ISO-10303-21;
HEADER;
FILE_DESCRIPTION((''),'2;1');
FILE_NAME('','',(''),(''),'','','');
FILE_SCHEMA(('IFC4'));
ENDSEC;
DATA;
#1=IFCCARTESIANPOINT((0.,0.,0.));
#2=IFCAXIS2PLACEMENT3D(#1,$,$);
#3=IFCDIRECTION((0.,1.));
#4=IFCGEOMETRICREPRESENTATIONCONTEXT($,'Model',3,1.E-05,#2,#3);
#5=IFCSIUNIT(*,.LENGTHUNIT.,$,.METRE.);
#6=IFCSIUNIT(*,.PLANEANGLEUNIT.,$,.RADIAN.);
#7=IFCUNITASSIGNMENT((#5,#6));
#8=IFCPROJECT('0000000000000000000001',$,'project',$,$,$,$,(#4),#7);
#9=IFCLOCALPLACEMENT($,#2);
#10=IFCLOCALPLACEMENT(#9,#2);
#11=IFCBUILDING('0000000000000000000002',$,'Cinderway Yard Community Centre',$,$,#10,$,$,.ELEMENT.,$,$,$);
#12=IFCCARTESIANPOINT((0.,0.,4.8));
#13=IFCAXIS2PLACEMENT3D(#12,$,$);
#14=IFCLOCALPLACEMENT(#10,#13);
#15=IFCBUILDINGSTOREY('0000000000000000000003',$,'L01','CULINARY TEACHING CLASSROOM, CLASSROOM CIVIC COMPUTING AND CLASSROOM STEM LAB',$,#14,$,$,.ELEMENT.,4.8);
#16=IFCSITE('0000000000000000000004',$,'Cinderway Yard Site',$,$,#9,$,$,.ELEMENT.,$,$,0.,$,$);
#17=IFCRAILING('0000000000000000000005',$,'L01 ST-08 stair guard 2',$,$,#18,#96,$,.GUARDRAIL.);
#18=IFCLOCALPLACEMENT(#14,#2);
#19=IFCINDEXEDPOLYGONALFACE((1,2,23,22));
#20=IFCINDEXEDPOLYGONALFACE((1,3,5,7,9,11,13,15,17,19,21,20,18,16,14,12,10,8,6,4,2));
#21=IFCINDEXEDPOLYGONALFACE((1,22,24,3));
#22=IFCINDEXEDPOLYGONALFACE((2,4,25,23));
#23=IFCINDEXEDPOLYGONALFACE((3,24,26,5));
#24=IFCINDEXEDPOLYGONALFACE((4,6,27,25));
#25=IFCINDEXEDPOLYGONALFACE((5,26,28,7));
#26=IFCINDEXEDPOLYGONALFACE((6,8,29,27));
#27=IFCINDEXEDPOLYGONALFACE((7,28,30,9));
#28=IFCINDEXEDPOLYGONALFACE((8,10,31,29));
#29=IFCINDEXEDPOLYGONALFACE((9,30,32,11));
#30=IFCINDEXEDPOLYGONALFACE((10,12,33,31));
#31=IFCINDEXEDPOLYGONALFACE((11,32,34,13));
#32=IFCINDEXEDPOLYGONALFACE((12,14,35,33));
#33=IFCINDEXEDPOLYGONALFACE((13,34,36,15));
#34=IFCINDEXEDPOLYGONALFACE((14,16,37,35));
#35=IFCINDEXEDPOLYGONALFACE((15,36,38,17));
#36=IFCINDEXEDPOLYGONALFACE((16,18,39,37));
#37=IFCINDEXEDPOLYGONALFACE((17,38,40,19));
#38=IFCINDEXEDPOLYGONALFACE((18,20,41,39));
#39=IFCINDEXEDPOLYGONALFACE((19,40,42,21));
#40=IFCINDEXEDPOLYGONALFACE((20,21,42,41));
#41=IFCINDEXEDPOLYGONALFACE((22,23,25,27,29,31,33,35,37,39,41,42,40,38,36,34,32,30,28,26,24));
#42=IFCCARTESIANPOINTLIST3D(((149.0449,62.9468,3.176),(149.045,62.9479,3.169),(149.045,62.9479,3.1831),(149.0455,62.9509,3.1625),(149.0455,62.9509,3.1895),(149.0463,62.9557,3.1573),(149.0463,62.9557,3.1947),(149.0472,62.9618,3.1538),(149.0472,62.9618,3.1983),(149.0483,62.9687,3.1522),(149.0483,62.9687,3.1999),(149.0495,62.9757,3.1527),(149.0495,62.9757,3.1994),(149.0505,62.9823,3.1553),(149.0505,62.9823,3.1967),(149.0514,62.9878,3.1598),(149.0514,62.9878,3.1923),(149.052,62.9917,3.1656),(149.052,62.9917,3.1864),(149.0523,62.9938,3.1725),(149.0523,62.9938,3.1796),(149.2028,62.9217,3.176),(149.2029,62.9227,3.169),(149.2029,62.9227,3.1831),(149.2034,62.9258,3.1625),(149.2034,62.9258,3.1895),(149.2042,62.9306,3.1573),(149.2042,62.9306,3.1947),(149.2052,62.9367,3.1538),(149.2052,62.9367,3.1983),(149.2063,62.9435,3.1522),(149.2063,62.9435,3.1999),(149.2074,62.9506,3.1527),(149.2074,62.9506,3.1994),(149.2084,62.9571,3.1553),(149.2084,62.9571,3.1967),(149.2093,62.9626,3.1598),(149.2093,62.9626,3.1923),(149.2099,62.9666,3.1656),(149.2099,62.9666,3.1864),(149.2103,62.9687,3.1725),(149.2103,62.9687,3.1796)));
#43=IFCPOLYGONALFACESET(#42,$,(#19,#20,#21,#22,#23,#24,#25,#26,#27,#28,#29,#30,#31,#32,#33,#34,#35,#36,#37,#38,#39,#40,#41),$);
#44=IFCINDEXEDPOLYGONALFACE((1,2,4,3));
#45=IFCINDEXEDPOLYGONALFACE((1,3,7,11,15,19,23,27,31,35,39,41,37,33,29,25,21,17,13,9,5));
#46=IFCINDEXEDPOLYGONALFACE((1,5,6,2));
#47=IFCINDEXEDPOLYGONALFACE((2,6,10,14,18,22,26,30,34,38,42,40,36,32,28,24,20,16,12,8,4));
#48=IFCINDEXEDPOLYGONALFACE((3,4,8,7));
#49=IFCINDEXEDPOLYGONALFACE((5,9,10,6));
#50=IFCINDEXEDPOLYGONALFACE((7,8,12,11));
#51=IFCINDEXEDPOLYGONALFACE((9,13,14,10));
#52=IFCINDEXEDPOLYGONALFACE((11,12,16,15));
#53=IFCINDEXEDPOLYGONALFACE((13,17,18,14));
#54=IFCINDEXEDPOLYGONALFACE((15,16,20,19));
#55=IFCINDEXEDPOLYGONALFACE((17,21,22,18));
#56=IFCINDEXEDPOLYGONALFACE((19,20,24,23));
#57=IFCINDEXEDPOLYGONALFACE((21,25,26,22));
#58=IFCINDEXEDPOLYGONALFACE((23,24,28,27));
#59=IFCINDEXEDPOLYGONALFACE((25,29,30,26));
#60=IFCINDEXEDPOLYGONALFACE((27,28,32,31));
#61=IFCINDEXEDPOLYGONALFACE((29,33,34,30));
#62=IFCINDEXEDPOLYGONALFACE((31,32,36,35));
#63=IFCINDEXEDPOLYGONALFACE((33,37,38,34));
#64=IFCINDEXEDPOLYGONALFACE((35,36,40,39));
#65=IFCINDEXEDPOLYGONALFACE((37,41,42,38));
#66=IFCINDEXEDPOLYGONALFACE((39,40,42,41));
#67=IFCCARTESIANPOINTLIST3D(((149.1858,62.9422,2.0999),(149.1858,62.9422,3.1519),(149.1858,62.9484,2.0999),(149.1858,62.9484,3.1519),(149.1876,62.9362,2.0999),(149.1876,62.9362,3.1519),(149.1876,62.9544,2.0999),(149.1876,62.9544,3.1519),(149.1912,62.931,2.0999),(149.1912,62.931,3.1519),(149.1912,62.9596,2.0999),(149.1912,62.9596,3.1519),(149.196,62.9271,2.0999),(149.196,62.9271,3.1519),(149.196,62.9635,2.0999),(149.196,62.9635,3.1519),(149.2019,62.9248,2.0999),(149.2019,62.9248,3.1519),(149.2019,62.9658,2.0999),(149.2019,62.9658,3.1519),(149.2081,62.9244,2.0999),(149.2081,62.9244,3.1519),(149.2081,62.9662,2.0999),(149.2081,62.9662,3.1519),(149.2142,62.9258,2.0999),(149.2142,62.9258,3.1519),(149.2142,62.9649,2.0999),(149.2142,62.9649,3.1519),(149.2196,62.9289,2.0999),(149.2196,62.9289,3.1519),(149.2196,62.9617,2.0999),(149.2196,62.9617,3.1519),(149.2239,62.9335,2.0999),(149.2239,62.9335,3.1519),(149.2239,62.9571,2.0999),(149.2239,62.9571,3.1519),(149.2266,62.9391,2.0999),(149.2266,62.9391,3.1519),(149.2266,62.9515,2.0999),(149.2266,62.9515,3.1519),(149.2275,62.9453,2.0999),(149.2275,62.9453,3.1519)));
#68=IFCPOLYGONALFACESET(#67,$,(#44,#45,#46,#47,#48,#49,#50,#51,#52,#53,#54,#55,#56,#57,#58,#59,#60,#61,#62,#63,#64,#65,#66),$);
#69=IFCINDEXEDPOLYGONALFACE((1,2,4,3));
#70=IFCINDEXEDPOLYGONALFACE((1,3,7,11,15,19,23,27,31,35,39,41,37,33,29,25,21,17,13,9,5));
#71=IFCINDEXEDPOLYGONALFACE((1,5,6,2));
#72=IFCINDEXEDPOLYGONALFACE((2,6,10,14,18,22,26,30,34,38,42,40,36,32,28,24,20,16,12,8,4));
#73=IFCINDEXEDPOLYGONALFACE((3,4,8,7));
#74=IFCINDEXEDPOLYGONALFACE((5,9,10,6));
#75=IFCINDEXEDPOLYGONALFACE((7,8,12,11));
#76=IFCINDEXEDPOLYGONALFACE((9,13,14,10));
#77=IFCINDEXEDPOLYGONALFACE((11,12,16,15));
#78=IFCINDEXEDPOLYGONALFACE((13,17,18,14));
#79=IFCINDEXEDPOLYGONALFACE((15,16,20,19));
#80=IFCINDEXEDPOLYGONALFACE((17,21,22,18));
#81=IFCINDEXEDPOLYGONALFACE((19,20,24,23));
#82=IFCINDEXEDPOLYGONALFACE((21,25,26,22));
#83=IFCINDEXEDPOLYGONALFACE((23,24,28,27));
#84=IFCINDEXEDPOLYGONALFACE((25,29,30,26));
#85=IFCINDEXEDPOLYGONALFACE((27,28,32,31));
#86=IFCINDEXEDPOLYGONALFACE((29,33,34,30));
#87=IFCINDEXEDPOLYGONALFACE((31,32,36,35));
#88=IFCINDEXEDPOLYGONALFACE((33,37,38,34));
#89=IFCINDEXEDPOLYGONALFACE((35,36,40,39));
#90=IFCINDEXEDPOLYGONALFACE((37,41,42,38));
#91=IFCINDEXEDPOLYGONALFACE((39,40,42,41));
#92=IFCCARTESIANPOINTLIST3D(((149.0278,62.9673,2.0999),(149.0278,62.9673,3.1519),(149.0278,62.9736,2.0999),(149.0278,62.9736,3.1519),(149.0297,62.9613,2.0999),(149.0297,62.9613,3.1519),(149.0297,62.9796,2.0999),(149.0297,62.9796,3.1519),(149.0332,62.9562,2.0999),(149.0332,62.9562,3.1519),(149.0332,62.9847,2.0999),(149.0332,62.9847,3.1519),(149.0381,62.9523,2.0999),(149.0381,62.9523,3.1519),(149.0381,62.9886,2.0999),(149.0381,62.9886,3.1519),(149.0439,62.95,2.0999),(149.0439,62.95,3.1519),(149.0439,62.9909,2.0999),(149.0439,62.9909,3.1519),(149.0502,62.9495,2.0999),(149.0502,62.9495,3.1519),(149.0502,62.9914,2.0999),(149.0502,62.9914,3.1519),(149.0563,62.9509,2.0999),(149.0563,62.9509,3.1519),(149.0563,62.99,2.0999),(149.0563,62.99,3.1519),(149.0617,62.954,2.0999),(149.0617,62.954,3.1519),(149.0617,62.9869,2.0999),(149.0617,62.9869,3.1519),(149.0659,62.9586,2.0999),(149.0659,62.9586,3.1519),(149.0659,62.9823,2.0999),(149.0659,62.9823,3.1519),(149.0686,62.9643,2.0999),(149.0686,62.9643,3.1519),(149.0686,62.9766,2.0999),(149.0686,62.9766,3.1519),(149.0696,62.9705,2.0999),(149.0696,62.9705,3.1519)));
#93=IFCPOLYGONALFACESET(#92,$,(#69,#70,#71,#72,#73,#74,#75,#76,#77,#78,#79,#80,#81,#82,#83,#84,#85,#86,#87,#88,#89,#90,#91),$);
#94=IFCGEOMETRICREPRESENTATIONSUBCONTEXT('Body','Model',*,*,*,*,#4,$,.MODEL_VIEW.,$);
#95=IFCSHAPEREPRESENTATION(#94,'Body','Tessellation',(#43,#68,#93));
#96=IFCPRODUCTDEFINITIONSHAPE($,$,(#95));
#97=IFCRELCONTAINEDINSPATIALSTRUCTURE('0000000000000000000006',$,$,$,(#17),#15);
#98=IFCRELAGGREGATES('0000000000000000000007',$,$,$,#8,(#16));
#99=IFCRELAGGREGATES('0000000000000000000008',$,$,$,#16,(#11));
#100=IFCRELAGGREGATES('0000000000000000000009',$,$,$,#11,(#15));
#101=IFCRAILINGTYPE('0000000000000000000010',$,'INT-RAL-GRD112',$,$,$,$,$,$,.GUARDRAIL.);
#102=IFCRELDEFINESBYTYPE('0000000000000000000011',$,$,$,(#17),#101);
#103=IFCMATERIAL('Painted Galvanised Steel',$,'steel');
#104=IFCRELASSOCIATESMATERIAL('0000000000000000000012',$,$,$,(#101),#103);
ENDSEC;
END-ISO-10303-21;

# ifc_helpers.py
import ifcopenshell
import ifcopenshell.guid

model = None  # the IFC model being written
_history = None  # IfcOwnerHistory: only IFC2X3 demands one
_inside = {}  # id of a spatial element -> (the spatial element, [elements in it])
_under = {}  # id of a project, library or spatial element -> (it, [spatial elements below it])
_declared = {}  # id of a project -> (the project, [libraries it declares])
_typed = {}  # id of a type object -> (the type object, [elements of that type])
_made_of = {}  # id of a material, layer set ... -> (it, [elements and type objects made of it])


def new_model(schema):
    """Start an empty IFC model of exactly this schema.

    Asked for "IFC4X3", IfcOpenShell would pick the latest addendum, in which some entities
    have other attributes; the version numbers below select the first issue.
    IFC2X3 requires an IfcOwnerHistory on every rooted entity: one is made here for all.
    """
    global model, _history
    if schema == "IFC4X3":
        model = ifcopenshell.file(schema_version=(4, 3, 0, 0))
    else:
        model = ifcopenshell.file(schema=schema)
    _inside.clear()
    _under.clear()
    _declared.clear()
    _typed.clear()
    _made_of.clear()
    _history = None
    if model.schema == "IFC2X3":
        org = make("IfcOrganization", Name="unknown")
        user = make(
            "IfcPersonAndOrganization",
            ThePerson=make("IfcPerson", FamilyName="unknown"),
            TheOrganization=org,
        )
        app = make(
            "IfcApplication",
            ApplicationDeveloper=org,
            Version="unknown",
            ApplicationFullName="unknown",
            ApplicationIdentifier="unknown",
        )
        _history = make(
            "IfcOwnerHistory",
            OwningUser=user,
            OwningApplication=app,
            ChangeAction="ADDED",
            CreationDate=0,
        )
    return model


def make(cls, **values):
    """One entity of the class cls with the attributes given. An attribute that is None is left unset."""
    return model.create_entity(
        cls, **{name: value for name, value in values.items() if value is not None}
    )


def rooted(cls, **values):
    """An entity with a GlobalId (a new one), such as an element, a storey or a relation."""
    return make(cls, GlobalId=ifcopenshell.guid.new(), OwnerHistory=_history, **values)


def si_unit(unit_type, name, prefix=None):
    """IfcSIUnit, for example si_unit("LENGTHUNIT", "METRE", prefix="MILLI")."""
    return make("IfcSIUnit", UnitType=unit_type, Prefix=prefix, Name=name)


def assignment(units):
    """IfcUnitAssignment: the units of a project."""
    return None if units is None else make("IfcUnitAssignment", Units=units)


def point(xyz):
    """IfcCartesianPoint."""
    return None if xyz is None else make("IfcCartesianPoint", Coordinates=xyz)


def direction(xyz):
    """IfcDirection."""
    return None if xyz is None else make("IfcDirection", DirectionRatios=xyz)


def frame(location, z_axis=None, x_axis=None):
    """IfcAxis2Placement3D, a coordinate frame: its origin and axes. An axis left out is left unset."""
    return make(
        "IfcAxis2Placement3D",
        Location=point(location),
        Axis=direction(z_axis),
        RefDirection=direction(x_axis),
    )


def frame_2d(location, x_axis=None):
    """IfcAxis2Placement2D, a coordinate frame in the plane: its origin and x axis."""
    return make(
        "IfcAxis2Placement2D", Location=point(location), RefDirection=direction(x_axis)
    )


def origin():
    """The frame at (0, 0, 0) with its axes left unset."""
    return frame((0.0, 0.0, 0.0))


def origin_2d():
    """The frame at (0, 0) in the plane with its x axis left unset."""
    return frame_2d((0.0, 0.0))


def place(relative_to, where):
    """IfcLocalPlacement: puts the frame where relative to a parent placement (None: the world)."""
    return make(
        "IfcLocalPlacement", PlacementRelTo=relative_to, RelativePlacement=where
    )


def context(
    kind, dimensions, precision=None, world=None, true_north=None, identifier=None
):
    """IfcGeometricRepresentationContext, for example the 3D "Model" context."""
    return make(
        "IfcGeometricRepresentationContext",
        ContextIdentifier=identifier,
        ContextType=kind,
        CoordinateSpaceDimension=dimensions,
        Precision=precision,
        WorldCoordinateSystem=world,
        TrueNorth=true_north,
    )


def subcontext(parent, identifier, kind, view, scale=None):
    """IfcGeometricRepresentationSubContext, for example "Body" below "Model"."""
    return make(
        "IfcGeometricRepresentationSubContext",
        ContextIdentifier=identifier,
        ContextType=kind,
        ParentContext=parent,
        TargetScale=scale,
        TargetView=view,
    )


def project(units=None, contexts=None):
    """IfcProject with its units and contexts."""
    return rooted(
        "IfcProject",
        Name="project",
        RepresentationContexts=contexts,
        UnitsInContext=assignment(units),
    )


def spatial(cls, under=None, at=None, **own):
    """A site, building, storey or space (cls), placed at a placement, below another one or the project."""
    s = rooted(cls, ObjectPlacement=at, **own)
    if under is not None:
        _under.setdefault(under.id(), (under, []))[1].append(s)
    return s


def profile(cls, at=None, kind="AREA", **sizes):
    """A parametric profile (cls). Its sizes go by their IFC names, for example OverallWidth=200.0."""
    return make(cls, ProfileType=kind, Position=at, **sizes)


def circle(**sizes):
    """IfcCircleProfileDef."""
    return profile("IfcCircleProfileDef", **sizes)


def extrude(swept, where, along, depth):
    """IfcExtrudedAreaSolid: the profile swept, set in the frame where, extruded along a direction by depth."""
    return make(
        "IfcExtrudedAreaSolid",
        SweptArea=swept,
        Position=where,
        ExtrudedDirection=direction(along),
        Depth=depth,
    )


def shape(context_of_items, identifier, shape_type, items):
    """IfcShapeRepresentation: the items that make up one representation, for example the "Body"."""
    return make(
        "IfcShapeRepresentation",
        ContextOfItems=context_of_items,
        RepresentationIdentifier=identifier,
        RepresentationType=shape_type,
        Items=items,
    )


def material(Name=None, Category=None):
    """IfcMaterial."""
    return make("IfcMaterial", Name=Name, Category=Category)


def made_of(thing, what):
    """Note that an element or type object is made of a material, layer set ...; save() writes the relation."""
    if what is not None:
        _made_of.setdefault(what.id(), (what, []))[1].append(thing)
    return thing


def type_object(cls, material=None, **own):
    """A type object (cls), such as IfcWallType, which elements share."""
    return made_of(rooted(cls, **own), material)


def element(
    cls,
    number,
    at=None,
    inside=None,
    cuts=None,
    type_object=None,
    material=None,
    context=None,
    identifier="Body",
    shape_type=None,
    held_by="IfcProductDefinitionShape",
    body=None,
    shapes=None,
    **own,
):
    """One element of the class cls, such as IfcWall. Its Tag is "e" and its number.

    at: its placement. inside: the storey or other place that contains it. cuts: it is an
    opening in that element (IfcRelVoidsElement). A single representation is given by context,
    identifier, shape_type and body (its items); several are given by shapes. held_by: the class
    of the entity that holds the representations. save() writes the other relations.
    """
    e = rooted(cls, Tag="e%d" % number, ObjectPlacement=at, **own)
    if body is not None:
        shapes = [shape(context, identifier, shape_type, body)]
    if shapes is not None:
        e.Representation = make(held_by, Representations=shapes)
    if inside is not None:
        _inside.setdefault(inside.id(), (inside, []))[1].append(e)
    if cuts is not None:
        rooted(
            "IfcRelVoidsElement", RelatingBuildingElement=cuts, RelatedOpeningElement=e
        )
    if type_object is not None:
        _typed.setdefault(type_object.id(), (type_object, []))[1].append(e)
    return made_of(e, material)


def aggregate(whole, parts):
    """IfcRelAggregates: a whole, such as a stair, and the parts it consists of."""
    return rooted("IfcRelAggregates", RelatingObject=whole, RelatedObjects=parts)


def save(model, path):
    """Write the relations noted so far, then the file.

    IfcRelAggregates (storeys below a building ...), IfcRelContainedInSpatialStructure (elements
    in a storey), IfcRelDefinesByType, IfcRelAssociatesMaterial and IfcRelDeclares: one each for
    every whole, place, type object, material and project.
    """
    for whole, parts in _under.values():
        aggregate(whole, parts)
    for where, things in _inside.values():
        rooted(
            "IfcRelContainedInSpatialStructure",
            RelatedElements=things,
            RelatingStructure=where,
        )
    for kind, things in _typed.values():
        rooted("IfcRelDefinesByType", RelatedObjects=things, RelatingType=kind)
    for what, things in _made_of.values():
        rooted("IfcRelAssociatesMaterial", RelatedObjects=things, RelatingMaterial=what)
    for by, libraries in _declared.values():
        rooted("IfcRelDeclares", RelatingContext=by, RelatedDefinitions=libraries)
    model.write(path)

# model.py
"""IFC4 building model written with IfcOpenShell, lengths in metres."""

from ifc_helpers import new_model, si_unit, direction, frame, origin, origin_2d, place, context, subcontext, project, spatial, circle, extrude, material, type_object, element, save


model = new_model("IFC4")

# Units and contexts
model_context = context("Model", 3, precision=1e-05, world=origin(), true_north=direction((0.0, 1.0)))
body_context = subcontext(model_context, "Body", "Model", "MODEL_VIEW")
ifc_project = project(units=[si_unit("LENGTHUNIT", "METRE"), si_unit("PLANEANGLEUNIT", "RADIAN")], contexts=[model_context])

# Site, building, storey
site_placement = place(None, origin())
site = spatial("IfcSite", under=ifc_project, at=site_placement, Name="Cinderway Yard Site", CompositionType="ELEMENT", RefElevation=0.0)
building_placement = place(site_placement, origin())
building = spatial("IfcBuilding", under=site, at=building_placement, Name="Cinderway Yard Community Centre", CompositionType="ELEMENT")
storey_placement = place(building_placement, frame((0.0, 0.0, 4.8)))
storey = spatial("IfcBuildingStorey", under=building, at=storey_placement, Name="L01", Description="CULINARY TEACHING CLASSROOM, CLASSROOM CIVIC COMPUTING AND CLASSROOM STEM LAB", CompositionType="ELEMENT", Elevation=4.8)

# Railing
ifc_material_1 = material(Name="Painted Galvanised Steel", Category="steel")
railing_type_1 = type_object("IfcRailingType", Name="INT-RAL-GRD112", PredefinedType="GUARDRAIL", material=ifc_material_1)
railing_1_placement = place(storey_placement, frame((149.2065, 62.9453, 2.0999)))
element("IfcRailing", 1, at=railing_1_placement, inside=storey, type_object=railing_type_1, Name="L01 ST-08 stair guard 2", PredefinedType="GUARDRAIL", context=body_context, shape_type="SweptSolid", body=[
    extrude(circle(Radius=0.0239, at=origin_2d()), frame((0.0, 0.0, 1.0762), z_axis=(-0.987564, 0.157217, 0.0), x_axis=(-0.157217, -0.987564, 0.0)), (0.0, 0.0, 1.0), 0.1599),
    extrude(circle(Radius=0.021, at=origin_2d()), origin(), (0.0, 0.0, 1.0), 1.052),
    extrude(circle(Radius=0.021, at=origin_2d()), frame((-0.158, 0.0251, 0.0)), (0.0, 0.0, 1.0), 1.052),
])

save(model, "model.ifc")
